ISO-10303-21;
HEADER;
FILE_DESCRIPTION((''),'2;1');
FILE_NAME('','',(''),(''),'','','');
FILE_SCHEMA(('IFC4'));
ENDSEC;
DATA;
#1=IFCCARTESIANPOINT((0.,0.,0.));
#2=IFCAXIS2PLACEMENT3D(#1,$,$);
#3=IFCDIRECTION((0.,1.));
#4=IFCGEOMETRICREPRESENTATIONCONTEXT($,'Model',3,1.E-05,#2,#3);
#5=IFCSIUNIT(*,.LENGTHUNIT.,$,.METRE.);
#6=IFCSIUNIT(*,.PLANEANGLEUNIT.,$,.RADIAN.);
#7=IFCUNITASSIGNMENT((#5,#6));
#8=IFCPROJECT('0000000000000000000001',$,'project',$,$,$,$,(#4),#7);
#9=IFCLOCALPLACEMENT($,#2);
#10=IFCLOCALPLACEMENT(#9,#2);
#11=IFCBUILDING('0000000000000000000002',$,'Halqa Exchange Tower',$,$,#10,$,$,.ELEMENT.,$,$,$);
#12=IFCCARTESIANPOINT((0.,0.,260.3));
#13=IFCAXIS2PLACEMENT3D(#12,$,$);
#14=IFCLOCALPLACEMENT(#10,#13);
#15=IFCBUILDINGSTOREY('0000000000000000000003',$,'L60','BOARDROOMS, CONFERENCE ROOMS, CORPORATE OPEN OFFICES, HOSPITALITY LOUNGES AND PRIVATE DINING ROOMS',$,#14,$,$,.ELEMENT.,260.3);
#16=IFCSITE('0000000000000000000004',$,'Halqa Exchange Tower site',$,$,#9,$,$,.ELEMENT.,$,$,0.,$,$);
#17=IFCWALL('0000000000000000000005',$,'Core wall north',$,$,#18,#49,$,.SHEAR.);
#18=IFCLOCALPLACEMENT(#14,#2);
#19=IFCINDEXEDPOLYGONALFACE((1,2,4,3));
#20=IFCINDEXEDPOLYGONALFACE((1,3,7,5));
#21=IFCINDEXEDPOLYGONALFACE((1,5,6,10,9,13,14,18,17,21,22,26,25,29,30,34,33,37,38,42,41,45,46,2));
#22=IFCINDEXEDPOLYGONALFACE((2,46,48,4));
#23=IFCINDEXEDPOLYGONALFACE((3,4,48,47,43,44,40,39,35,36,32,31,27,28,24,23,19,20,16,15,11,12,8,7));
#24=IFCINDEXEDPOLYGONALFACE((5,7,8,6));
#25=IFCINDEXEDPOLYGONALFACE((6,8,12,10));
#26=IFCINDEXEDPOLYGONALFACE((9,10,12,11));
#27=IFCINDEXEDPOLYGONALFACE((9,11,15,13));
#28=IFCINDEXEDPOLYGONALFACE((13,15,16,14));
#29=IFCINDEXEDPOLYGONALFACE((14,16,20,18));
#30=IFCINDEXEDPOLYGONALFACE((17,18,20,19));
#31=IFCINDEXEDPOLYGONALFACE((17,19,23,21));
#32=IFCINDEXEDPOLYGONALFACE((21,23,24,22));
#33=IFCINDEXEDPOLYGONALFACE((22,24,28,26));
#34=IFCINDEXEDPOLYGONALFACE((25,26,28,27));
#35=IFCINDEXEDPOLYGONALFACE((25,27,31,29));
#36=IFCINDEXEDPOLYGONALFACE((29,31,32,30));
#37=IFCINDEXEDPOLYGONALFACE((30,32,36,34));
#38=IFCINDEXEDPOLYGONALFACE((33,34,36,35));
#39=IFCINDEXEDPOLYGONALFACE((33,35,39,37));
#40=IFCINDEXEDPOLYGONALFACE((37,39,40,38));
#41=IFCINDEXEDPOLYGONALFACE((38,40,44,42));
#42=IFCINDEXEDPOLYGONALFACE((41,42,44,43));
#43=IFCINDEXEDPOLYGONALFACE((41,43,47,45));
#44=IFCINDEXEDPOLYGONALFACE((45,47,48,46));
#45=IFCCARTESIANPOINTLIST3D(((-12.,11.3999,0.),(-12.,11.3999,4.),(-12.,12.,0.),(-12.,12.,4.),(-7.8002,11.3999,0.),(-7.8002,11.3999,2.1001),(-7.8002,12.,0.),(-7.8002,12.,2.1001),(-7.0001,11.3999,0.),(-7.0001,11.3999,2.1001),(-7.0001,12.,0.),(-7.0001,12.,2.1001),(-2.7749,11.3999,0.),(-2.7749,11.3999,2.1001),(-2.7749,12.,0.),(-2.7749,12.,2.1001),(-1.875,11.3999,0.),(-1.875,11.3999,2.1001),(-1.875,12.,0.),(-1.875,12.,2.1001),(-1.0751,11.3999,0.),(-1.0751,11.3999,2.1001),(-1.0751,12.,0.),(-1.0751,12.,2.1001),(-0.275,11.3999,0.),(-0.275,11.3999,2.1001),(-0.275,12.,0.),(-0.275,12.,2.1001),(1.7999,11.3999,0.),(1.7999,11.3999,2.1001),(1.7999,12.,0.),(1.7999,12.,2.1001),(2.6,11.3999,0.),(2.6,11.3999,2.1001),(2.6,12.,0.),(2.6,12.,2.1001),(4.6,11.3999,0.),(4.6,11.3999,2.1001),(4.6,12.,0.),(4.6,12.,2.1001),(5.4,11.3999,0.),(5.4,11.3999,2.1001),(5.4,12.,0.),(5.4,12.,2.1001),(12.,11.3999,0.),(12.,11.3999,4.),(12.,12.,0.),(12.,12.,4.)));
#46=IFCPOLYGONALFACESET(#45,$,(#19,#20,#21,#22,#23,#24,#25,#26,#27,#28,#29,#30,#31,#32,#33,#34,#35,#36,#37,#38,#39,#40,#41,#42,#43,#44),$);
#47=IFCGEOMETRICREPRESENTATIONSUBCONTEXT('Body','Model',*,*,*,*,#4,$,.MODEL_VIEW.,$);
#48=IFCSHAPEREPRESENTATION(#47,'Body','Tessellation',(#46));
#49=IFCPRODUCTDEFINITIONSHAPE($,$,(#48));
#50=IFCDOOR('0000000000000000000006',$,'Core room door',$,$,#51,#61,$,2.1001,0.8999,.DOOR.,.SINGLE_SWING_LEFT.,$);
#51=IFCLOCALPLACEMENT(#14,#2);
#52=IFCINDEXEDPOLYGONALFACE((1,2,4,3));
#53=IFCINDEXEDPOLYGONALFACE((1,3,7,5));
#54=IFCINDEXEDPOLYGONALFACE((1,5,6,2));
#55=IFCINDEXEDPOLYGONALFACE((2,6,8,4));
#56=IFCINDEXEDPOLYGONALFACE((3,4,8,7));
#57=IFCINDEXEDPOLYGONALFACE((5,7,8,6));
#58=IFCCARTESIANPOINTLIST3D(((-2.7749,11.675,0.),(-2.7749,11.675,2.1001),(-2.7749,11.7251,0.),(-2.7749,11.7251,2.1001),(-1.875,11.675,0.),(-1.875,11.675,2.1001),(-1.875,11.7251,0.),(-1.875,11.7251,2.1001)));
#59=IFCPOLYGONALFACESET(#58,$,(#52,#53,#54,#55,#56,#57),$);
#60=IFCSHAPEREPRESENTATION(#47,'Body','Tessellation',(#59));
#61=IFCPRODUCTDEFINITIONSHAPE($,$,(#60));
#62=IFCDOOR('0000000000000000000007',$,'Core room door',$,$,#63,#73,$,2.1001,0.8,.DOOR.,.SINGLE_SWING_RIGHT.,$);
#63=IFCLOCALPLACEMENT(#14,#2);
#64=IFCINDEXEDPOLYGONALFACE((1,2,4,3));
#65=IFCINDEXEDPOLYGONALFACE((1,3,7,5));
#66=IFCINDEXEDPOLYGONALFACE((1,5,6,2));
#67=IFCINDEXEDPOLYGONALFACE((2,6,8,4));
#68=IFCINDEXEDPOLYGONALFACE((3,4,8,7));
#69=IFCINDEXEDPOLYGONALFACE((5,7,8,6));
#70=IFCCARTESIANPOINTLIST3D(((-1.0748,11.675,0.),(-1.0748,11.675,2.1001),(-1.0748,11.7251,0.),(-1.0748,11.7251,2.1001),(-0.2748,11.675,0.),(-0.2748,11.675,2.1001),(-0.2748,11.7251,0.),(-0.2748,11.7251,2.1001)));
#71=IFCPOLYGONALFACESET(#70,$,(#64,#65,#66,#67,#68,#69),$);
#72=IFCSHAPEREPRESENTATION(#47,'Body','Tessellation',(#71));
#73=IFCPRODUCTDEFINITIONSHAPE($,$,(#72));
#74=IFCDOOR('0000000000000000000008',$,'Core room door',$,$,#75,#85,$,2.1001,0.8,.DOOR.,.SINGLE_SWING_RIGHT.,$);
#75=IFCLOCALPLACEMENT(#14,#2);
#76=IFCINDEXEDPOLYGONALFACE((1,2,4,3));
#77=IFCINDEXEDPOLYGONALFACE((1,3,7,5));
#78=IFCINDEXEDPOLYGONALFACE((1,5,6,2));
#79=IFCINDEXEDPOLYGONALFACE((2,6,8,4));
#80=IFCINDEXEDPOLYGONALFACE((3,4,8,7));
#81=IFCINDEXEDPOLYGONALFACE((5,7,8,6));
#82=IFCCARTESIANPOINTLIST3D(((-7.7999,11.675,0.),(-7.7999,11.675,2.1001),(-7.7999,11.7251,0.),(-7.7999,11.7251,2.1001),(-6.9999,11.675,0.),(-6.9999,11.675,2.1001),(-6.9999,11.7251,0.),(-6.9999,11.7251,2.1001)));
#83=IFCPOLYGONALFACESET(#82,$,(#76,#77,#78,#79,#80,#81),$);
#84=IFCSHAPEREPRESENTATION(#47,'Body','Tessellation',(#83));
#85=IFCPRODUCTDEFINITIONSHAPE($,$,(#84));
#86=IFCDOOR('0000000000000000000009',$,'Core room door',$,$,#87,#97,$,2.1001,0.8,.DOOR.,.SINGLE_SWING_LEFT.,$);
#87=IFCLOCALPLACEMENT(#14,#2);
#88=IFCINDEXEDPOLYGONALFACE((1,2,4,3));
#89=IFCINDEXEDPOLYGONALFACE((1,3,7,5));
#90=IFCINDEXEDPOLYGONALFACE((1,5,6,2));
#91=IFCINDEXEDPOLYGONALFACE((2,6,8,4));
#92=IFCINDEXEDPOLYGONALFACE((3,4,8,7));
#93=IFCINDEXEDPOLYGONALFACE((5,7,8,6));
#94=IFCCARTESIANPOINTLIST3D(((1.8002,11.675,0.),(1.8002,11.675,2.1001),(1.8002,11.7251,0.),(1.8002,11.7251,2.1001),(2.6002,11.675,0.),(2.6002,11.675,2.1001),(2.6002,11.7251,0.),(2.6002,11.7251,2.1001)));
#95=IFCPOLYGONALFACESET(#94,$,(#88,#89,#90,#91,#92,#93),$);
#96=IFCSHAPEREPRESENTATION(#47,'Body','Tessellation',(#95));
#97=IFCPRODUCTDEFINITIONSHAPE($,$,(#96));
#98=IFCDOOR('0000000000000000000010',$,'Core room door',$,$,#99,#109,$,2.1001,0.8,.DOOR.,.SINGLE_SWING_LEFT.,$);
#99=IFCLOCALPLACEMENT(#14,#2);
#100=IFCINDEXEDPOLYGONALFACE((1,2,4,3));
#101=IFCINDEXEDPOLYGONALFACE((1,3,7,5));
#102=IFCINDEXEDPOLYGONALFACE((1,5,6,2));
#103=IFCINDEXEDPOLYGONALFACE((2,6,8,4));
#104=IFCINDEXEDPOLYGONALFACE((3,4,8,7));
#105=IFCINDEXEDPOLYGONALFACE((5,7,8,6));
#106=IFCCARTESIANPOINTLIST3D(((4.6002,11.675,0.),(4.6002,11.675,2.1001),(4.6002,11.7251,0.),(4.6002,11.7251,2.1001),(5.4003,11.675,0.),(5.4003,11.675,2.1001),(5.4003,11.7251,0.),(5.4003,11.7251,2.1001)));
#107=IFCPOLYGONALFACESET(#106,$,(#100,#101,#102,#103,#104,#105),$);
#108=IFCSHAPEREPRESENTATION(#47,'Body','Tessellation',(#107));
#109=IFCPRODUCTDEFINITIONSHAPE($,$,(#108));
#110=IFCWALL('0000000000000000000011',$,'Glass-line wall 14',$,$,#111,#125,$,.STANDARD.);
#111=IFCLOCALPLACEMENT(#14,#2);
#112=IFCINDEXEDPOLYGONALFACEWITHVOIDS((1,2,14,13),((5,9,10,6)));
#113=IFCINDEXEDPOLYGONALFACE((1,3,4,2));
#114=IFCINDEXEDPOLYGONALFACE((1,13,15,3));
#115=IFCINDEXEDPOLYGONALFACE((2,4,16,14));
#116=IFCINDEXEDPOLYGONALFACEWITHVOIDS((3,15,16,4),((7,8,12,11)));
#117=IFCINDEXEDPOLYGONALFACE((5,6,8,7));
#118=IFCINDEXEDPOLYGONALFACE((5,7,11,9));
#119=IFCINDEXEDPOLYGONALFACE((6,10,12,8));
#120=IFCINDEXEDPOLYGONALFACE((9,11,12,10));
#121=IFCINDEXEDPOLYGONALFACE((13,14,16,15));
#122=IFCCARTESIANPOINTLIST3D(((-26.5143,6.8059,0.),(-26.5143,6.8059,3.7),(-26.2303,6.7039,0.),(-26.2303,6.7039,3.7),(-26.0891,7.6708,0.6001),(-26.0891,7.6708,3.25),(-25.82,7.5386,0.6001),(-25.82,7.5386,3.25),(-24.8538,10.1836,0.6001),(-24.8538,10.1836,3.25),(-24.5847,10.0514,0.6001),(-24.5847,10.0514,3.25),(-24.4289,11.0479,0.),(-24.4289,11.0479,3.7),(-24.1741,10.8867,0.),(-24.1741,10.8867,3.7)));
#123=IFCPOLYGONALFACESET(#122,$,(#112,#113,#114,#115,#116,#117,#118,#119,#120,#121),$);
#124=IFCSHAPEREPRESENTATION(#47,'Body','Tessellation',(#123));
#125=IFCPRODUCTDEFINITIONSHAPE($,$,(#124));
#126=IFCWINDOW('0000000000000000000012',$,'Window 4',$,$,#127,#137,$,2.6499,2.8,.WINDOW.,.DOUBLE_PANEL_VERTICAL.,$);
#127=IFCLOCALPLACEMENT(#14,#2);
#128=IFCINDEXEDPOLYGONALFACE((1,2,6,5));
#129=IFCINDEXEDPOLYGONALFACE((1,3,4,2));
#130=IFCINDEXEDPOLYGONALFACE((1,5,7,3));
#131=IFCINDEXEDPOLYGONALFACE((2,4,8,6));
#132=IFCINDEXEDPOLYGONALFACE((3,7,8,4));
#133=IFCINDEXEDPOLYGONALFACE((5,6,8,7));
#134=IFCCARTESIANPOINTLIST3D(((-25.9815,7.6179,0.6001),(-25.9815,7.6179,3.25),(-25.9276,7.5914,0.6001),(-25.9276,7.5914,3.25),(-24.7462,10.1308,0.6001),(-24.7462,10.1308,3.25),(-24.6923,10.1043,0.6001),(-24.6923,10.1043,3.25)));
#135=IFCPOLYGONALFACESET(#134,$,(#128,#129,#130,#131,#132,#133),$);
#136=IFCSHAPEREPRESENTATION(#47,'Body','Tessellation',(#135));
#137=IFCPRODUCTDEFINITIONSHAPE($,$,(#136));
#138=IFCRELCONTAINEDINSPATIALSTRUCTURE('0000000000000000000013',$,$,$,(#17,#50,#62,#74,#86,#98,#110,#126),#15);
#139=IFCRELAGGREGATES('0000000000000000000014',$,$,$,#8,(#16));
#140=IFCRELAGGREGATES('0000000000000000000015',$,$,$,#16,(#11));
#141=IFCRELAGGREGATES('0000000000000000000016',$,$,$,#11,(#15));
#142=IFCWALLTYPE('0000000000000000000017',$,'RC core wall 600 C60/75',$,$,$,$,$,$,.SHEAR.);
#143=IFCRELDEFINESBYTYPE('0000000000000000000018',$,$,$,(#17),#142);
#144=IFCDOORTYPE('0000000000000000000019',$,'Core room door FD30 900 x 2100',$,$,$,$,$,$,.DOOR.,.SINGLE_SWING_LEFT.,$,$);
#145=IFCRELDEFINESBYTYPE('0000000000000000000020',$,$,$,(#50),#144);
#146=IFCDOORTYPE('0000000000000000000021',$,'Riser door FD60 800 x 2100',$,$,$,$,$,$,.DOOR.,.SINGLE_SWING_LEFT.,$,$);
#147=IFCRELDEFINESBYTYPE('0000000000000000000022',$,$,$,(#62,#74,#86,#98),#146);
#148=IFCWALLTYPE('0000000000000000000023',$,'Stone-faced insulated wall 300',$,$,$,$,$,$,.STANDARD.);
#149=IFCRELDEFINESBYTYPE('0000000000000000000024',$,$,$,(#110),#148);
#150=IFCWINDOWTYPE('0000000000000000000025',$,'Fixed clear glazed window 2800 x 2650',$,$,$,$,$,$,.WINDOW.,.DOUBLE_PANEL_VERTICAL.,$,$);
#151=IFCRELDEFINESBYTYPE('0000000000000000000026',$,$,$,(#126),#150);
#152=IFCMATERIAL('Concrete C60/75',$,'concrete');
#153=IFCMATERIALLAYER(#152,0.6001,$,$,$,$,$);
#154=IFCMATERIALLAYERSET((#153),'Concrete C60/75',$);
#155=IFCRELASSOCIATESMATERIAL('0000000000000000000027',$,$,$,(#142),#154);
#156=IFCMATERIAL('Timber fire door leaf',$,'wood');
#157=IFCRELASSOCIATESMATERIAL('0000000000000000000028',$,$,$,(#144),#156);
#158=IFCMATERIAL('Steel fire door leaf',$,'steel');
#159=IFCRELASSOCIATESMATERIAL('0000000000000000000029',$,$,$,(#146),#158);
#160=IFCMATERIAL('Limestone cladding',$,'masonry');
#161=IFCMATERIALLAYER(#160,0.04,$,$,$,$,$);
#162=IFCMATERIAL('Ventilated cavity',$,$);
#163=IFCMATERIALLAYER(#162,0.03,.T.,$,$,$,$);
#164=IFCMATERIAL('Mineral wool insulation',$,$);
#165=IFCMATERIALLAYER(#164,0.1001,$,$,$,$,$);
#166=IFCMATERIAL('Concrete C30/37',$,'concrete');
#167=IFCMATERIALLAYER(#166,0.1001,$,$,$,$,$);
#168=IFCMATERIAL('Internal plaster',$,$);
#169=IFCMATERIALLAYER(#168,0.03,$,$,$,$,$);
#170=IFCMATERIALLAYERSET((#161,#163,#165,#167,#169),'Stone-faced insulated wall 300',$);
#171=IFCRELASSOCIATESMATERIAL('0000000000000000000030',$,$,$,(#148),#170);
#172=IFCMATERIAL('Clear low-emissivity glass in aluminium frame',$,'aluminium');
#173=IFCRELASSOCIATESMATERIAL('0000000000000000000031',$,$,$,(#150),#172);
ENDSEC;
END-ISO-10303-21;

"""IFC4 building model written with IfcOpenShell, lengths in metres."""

from ifc_helpers import new_model, si_unit, direction, frame, frame_2d, origin, place, context, subcontext, project, spatial, polyline, rectangle, outline, extrude, material, layer, layer_set, type_object, element, fill, save


model = new_model("IFC4")

# Units and contexts
model_context = context("Model", 3, precision=1e-05, world=origin(), true_north=direction((0.0, 1.0)))
body_context = subcontext(model_context, "Body", "Model", "MODEL_VIEW")
ifc_project = project(units=[si_unit("LENGTHUNIT", "METRE"), si_unit("PLANEANGLEUNIT", "RADIAN")], contexts=[model_context])

# Site, building, storey
site_placement = place(None, origin())
site = spatial("IfcSite", under=ifc_project, at=site_placement, Name="Halqa Exchange Tower site", CompositionType="ELEMENT", RefElevation=0.0)
building_placement = place(site_placement, origin())
building = spatial("IfcBuilding", under=site, at=building_placement, Name="Halqa Exchange Tower", CompositionType="ELEMENT")
storey_placement = place(building_placement, frame((0.0, 0.0, 260.3)))
storey = spatial("IfcBuildingStorey", under=building, at=storey_placement, Name="L60", Description="BOARDROOMS, CONFERENCE ROOMS, CORPORATE OPEN OFFICES, HOSPITALITY LOUNGES AND PRIVATE DINING ROOMS", CompositionType="ELEMENT", Elevation=260.3)

# Shared definitions
ifc_material_1 = material(Name="Concrete C60/75", Category="concrete")

# Wall, openings, doors
ifc_layer_1 = layer(ifc_material_1, 0.6001)
ifc_layer_set_1 = layer_set([ifc_layer_1], Name="Concrete C60/75")
wall_type_1 = type_object("IfcWallType", Name="RC core wall 600 C60/75", PredefinedType="SHEAR", material=ifc_layer_set_1)
wall_1_placement = place(storey_placement, frame((-12.0, 11.7, 0.0), z_axis=(0.0, 0.0, 1.0), x_axis=(1.0, 0.0, 0.0)))
wall_1 = element("IfcWall", 1, at=wall_1_placement, inside=storey, type_object=wall_type_1, Name="Core wall north", PredefinedType="SHEAR", context=body_context, shape_type="SweptSolid", body=[
    extrude(rectangle(XDim=24.0, YDim=0.6001, at=frame_2d((12.0, 0.0))), origin(), (0.0, 0.0, 1.0), 4.0),
])
opening_1_placement = place(wall_1_placement, frame((9.2251, 0.0, 0.0)))
opening_1 = element("IfcOpeningElement", 2, at=opening_1_placement, cuts=wall_1, PredefinedType="OPENING", context=body_context, shape_type="SweptSolid", body=[
    extrude(rectangle(XDim=0.8999, YDim=2.1001, at=frame_2d((0.45, 1.05))), frame((0.0, 0.312, 0.0), z_axis=(0.0, -1.0, 0.0), x_axis=(1.0, 0.0, 0.0)), (0.0, 0.0, 1.0), 0.624),
])
opening_2_placement = place(wall_1_placement, frame((10.925, 0.0, 0.0)))
opening_2 = element("IfcOpeningElement", 3, at=opening_2_placement, cuts=wall_1, PredefinedType="OPENING", context=body_context, shape_type="SweptSolid", body=[
    extrude(rectangle(XDim=0.8, YDim=2.1001, at=frame_2d((0.3999, 1.05))), frame((0.0, 0.312, 0.0), z_axis=(0.0, -1.0, 0.0), x_axis=(1.0, 0.0, 0.0)), (0.0, 0.0, 1.0), 0.624),
])
opening_3_placement = place(wall_1_placement, frame((4.2, 0.0, 0.0)))
opening_3 = element("IfcOpeningElement", 4, at=opening_3_placement, cuts=wall_1, PredefinedType="OPENING", context=body_context, shape_type="SweptSolid", body=[
    extrude(rectangle(XDim=0.8, YDim=2.1001, at=frame_2d((0.3999, 1.05))), frame((0.0, 0.312, 0.0), z_axis=(0.0, -1.0, 0.0), x_axis=(1.0, 0.0, 0.0)), (0.0, 0.0, 1.0), 0.624),
])
opening_4_placement = place(wall_1_placement, frame((13.8, 0.0, 0.0)))
opening_4 = element("IfcOpeningElement", 5, at=opening_4_placement, cuts=wall_1, PredefinedType="OPENING", context=body_context, shape_type="SweptSolid", body=[
    extrude(rectangle(XDim=0.8, YDim=2.1001, at=frame_2d((0.3999, 1.05))), frame((0.0, 0.312, 0.0), z_axis=(0.0, -1.0, 0.0), x_axis=(1.0, 0.0, 0.0)), (0.0, 0.0, 1.0), 0.624),
])
opening_5_placement = place(wall_1_placement, frame((16.6001, 0.0, 0.0)))
opening_5 = element("IfcOpeningElement", 6, at=opening_5_placement, cuts=wall_1, PredefinedType="OPENING", context=body_context, shape_type="SweptSolid", body=[
    extrude(rectangle(XDim=0.8, YDim=2.1001, at=frame_2d((0.3999, 1.05))), frame((0.0, 0.312, 0.0), z_axis=(0.0, -1.0, 0.0), x_axis=(1.0, 0.0, 0.0)), (0.0, 0.0, 1.0), 0.624),
])
ifc_material_2 = material(Name="Timber fire door leaf", Category="wood")
door_type_1 = type_object("IfcDoorType", Name="Core room door FD30 900 x 2100", OperationType="SINGLE_SWING_LEFT", PredefinedType="DOOR", material=ifc_material_2)
door_1_placement = place(opening_1_placement, frame((0.8999, 0.0, 0.0), z_axis=(0.0, 0.0, 1.0), x_axis=(-1.0, 0.0, 0.0)))
door_1 = element("IfcDoor", 7, at=door_1_placement, inside=storey, type_object=door_type_1, Name="Core room door", OperationType="SINGLE_SWING_LEFT", OverallHeight=2.1001, OverallWidth=0.8999, PredefinedType="DOOR", context=body_context, shape_type="SweptSolid", body=[
    extrude(rectangle(XDim=0.8999, YDim=2.1001, at=frame_2d((0.45, 1.05))), frame((0.0, 0.0249, 0.0), z_axis=(0.0, -1.0, 0.0), x_axis=(1.0, 0.0, 0.0)), (0.0, 0.0, 1.0), 0.05),
])
fill(opening_1, door_1)
ifc_material_3 = material(Name="Steel fire door leaf", Category="steel")
door_type_2 = type_object("IfcDoorType", Name="Riser door FD60 800 x 2100", OperationType="SINGLE_SWING_LEFT", PredefinedType="DOOR", material=ifc_material_3)
door_2_placement = place(opening_2_placement, frame((0.8, 0.0, 0.0), z_axis=(0.0, 0.0, 1.0), x_axis=(-1.0, 0.0, 0.0)))
door_2 = element("IfcDoor", 8, at=door_2_placement, inside=storey, type_object=door_type_2, Name="Core room door", OperationType="SINGLE_SWING_RIGHT", OverallHeight=2.1001, OverallWidth=0.8, PredefinedType="DOOR", context=body_context, shape_type="SweptSolid", body=[
    extrude(rectangle(XDim=0.8, YDim=2.1001, at=frame_2d((0.3999, 1.05))), frame((0.0, 0.0249, 0.0), z_axis=(0.0, -1.0, 0.0), x_axis=(1.0, 0.0, 0.0)), (0.0, 0.0, 1.0), 0.05),
])
fill(opening_2, door_2)
door_3_placement = place(opening_3_placement, frame((0.8, 0.0, 0.0), z_axis=(0.0, 0.0, 1.0), x_axis=(-1.0, 0.0, 0.0)))
door_3 = element("IfcDoor", 9, at=door_3_placement, inside=storey, type_object=door_type_2, Name="Core room door", OperationType="SINGLE_SWING_RIGHT", OverallHeight=2.1001, OverallWidth=0.8, PredefinedType="DOOR", context=body_context, shape_type="SweptSolid", body=[
    extrude(rectangle(XDim=0.8, YDim=2.1001, at=frame_2d((0.3999, 1.05))), frame((0.0, 0.0249, 0.0), z_axis=(0.0, -1.0, 0.0), x_axis=(1.0, 0.0, 0.0)), (0.0, 0.0, 1.0), 0.05),
])
fill(opening_3, door_3)
door_4_placement = place(opening_4_placement, frame((0.8, 0.0, 0.0), z_axis=(0.0, 0.0, 1.0), x_axis=(-1.0, 0.0, 0.0)))
door_4 = element("IfcDoor", 10, at=door_4_placement, inside=storey, type_object=door_type_2, Name="Core room door", OperationType="SINGLE_SWING_LEFT", OverallHeight=2.1001, OverallWidth=0.8, PredefinedType="DOOR", context=body_context, shape_type="SweptSolid", body=[
    extrude(rectangle(XDim=0.8, YDim=2.1001, at=frame_2d((0.3999, 1.05))), frame((0.0, 0.0249, 0.0), z_axis=(0.0, -1.0, 0.0), x_axis=(1.0, 0.0, 0.0)), (0.0, 0.0, 1.0), 0.05),
])
fill(opening_4, door_4)
door_5_placement = place(opening_5_placement, frame((0.8, 0.0, 0.0), z_axis=(0.0, 0.0, 1.0), x_axis=(-1.0, 0.0, 0.0)))
door_5 = element("IfcDoor", 11, at=door_5_placement, inside=storey, type_object=door_type_2, Name="Core room door", OperationType="SINGLE_SWING_LEFT", OverallHeight=2.1001, OverallWidth=0.8, PredefinedType="DOOR", context=body_context, shape_type="SweptSolid", body=[
    extrude(rectangle(XDim=0.8, YDim=2.1001, at=frame_2d((0.3999, 1.05))), frame((0.0, 0.0249, 0.0), z_axis=(0.0, -1.0, 0.0), x_axis=(1.0, 0.0, 0.0)), (0.0, 0.0, 1.0), 0.05),
])
fill(opening_5, door_5)

# Wall, opening, window
ifc_material_4 = material(Name="Limestone cladding", Category="masonry")
ifc_layer_2 = layer(ifc_material_4, 0.04)
ifc_material_5 = material(Name="Ventilated cavity")
ifc_layer_3 = layer(ifc_material_5, 0.03, ventilated=True)
ifc_material_6 = material(Name="Mineral wool insulation")
ifc_layer_4 = layer(ifc_material_6, 0.1001)
ifc_material_7 = material(Name="Concrete C30/37", Category="concrete")
ifc_layer_5 = layer(ifc_material_7, 0.1001)
ifc_material_8 = material(Name="Internal plaster")
ifc_layer_6 = layer(ifc_material_8, 0.03)
ifc_layer_set_2 = layer_set([ifc_layer_2, ifc_layer_3, ifc_layer_4, ifc_layer_5, ifc_layer_6], Name="Stone-faced insulated wall 300")
wall_type_2 = type_object("IfcWallType", Name="Stone-faced insulated wall 300", PredefinedType="STANDARD", material=ifc_layer_set_2)
wall_2_placement = place(storey_placement, frame((-24.3015, 10.9673, 0.0), z_axis=(0.0, 0.0, 1.0), x_axis=(-0.44117, -0.897424, 0.0)))
wall_2 = element("IfcWall", 12, at=wall_2_placement, inside=storey, type_object=wall_type_2, Name="Glass-line wall 14", PredefinedType="STANDARD", context=body_context, shape_type="SweptSolid", body=[
    extrude(outline(polyline([(-0.0161, -0.1499), (4.7107, -0.1499), (4.677, 0.1499), (0.0161, 0.1499), (-0.0161, -0.1499)])), origin(), (0.0, 0.0, 1.0), 3.7),
])
opening_6_placement = place(wall_2_placement, frame((0.947, 0.0, 0.6001)))
opening_6 = element("IfcOpeningElement", 13, at=opening_6_placement, cuts=wall_2, PredefinedType="OPENING", context=body_context, shape_type="SweptSolid", body=[
    extrude(rectangle(XDim=2.8, YDim=2.6499, at=frame_2d((1.3999, 1.325))), frame((0.0, 0.1621, 0.0), z_axis=(0.0, -1.0, 0.0), x_axis=(1.0, 0.0, 0.0)), (0.0, 0.0, 1.0), 0.324),
])
ifc_material_9 = material(Name="Clear low-emissivity glass in aluminium frame", Category="aluminium")
window_type = type_object("IfcWindowType", Name="Fixed clear glazed window 2800 x 2650", PartitioningType="DOUBLE_PANEL_VERTICAL", PredefinedType="WINDOW", material=ifc_material_9)
window_1_placement = place(opening_6_placement, origin())
window_1 = element("IfcWindow", 14, at=window_1_placement, inside=storey, type_object=window_type, Name="Window 4", OverallHeight=2.6499, OverallWidth=2.8, PartitioningType="DOUBLE_PANEL_VERTICAL", PredefinedType="WINDOW", context=body_context, shape_type="SweptSolid", body=[
    extrude(rectangle(XDim=2.8, YDim=2.6499, at=frame_2d((1.3999, 1.325))), frame((0.0, 0.03, 0.0), z_axis=(0.0, -1.0, 0.0), x_axis=(1.0, 0.0, 0.0)), (0.0, 0.0, 1.0), 0.0601),
])
fill(opening_6, window_1)

save(model, "model.ifc")
